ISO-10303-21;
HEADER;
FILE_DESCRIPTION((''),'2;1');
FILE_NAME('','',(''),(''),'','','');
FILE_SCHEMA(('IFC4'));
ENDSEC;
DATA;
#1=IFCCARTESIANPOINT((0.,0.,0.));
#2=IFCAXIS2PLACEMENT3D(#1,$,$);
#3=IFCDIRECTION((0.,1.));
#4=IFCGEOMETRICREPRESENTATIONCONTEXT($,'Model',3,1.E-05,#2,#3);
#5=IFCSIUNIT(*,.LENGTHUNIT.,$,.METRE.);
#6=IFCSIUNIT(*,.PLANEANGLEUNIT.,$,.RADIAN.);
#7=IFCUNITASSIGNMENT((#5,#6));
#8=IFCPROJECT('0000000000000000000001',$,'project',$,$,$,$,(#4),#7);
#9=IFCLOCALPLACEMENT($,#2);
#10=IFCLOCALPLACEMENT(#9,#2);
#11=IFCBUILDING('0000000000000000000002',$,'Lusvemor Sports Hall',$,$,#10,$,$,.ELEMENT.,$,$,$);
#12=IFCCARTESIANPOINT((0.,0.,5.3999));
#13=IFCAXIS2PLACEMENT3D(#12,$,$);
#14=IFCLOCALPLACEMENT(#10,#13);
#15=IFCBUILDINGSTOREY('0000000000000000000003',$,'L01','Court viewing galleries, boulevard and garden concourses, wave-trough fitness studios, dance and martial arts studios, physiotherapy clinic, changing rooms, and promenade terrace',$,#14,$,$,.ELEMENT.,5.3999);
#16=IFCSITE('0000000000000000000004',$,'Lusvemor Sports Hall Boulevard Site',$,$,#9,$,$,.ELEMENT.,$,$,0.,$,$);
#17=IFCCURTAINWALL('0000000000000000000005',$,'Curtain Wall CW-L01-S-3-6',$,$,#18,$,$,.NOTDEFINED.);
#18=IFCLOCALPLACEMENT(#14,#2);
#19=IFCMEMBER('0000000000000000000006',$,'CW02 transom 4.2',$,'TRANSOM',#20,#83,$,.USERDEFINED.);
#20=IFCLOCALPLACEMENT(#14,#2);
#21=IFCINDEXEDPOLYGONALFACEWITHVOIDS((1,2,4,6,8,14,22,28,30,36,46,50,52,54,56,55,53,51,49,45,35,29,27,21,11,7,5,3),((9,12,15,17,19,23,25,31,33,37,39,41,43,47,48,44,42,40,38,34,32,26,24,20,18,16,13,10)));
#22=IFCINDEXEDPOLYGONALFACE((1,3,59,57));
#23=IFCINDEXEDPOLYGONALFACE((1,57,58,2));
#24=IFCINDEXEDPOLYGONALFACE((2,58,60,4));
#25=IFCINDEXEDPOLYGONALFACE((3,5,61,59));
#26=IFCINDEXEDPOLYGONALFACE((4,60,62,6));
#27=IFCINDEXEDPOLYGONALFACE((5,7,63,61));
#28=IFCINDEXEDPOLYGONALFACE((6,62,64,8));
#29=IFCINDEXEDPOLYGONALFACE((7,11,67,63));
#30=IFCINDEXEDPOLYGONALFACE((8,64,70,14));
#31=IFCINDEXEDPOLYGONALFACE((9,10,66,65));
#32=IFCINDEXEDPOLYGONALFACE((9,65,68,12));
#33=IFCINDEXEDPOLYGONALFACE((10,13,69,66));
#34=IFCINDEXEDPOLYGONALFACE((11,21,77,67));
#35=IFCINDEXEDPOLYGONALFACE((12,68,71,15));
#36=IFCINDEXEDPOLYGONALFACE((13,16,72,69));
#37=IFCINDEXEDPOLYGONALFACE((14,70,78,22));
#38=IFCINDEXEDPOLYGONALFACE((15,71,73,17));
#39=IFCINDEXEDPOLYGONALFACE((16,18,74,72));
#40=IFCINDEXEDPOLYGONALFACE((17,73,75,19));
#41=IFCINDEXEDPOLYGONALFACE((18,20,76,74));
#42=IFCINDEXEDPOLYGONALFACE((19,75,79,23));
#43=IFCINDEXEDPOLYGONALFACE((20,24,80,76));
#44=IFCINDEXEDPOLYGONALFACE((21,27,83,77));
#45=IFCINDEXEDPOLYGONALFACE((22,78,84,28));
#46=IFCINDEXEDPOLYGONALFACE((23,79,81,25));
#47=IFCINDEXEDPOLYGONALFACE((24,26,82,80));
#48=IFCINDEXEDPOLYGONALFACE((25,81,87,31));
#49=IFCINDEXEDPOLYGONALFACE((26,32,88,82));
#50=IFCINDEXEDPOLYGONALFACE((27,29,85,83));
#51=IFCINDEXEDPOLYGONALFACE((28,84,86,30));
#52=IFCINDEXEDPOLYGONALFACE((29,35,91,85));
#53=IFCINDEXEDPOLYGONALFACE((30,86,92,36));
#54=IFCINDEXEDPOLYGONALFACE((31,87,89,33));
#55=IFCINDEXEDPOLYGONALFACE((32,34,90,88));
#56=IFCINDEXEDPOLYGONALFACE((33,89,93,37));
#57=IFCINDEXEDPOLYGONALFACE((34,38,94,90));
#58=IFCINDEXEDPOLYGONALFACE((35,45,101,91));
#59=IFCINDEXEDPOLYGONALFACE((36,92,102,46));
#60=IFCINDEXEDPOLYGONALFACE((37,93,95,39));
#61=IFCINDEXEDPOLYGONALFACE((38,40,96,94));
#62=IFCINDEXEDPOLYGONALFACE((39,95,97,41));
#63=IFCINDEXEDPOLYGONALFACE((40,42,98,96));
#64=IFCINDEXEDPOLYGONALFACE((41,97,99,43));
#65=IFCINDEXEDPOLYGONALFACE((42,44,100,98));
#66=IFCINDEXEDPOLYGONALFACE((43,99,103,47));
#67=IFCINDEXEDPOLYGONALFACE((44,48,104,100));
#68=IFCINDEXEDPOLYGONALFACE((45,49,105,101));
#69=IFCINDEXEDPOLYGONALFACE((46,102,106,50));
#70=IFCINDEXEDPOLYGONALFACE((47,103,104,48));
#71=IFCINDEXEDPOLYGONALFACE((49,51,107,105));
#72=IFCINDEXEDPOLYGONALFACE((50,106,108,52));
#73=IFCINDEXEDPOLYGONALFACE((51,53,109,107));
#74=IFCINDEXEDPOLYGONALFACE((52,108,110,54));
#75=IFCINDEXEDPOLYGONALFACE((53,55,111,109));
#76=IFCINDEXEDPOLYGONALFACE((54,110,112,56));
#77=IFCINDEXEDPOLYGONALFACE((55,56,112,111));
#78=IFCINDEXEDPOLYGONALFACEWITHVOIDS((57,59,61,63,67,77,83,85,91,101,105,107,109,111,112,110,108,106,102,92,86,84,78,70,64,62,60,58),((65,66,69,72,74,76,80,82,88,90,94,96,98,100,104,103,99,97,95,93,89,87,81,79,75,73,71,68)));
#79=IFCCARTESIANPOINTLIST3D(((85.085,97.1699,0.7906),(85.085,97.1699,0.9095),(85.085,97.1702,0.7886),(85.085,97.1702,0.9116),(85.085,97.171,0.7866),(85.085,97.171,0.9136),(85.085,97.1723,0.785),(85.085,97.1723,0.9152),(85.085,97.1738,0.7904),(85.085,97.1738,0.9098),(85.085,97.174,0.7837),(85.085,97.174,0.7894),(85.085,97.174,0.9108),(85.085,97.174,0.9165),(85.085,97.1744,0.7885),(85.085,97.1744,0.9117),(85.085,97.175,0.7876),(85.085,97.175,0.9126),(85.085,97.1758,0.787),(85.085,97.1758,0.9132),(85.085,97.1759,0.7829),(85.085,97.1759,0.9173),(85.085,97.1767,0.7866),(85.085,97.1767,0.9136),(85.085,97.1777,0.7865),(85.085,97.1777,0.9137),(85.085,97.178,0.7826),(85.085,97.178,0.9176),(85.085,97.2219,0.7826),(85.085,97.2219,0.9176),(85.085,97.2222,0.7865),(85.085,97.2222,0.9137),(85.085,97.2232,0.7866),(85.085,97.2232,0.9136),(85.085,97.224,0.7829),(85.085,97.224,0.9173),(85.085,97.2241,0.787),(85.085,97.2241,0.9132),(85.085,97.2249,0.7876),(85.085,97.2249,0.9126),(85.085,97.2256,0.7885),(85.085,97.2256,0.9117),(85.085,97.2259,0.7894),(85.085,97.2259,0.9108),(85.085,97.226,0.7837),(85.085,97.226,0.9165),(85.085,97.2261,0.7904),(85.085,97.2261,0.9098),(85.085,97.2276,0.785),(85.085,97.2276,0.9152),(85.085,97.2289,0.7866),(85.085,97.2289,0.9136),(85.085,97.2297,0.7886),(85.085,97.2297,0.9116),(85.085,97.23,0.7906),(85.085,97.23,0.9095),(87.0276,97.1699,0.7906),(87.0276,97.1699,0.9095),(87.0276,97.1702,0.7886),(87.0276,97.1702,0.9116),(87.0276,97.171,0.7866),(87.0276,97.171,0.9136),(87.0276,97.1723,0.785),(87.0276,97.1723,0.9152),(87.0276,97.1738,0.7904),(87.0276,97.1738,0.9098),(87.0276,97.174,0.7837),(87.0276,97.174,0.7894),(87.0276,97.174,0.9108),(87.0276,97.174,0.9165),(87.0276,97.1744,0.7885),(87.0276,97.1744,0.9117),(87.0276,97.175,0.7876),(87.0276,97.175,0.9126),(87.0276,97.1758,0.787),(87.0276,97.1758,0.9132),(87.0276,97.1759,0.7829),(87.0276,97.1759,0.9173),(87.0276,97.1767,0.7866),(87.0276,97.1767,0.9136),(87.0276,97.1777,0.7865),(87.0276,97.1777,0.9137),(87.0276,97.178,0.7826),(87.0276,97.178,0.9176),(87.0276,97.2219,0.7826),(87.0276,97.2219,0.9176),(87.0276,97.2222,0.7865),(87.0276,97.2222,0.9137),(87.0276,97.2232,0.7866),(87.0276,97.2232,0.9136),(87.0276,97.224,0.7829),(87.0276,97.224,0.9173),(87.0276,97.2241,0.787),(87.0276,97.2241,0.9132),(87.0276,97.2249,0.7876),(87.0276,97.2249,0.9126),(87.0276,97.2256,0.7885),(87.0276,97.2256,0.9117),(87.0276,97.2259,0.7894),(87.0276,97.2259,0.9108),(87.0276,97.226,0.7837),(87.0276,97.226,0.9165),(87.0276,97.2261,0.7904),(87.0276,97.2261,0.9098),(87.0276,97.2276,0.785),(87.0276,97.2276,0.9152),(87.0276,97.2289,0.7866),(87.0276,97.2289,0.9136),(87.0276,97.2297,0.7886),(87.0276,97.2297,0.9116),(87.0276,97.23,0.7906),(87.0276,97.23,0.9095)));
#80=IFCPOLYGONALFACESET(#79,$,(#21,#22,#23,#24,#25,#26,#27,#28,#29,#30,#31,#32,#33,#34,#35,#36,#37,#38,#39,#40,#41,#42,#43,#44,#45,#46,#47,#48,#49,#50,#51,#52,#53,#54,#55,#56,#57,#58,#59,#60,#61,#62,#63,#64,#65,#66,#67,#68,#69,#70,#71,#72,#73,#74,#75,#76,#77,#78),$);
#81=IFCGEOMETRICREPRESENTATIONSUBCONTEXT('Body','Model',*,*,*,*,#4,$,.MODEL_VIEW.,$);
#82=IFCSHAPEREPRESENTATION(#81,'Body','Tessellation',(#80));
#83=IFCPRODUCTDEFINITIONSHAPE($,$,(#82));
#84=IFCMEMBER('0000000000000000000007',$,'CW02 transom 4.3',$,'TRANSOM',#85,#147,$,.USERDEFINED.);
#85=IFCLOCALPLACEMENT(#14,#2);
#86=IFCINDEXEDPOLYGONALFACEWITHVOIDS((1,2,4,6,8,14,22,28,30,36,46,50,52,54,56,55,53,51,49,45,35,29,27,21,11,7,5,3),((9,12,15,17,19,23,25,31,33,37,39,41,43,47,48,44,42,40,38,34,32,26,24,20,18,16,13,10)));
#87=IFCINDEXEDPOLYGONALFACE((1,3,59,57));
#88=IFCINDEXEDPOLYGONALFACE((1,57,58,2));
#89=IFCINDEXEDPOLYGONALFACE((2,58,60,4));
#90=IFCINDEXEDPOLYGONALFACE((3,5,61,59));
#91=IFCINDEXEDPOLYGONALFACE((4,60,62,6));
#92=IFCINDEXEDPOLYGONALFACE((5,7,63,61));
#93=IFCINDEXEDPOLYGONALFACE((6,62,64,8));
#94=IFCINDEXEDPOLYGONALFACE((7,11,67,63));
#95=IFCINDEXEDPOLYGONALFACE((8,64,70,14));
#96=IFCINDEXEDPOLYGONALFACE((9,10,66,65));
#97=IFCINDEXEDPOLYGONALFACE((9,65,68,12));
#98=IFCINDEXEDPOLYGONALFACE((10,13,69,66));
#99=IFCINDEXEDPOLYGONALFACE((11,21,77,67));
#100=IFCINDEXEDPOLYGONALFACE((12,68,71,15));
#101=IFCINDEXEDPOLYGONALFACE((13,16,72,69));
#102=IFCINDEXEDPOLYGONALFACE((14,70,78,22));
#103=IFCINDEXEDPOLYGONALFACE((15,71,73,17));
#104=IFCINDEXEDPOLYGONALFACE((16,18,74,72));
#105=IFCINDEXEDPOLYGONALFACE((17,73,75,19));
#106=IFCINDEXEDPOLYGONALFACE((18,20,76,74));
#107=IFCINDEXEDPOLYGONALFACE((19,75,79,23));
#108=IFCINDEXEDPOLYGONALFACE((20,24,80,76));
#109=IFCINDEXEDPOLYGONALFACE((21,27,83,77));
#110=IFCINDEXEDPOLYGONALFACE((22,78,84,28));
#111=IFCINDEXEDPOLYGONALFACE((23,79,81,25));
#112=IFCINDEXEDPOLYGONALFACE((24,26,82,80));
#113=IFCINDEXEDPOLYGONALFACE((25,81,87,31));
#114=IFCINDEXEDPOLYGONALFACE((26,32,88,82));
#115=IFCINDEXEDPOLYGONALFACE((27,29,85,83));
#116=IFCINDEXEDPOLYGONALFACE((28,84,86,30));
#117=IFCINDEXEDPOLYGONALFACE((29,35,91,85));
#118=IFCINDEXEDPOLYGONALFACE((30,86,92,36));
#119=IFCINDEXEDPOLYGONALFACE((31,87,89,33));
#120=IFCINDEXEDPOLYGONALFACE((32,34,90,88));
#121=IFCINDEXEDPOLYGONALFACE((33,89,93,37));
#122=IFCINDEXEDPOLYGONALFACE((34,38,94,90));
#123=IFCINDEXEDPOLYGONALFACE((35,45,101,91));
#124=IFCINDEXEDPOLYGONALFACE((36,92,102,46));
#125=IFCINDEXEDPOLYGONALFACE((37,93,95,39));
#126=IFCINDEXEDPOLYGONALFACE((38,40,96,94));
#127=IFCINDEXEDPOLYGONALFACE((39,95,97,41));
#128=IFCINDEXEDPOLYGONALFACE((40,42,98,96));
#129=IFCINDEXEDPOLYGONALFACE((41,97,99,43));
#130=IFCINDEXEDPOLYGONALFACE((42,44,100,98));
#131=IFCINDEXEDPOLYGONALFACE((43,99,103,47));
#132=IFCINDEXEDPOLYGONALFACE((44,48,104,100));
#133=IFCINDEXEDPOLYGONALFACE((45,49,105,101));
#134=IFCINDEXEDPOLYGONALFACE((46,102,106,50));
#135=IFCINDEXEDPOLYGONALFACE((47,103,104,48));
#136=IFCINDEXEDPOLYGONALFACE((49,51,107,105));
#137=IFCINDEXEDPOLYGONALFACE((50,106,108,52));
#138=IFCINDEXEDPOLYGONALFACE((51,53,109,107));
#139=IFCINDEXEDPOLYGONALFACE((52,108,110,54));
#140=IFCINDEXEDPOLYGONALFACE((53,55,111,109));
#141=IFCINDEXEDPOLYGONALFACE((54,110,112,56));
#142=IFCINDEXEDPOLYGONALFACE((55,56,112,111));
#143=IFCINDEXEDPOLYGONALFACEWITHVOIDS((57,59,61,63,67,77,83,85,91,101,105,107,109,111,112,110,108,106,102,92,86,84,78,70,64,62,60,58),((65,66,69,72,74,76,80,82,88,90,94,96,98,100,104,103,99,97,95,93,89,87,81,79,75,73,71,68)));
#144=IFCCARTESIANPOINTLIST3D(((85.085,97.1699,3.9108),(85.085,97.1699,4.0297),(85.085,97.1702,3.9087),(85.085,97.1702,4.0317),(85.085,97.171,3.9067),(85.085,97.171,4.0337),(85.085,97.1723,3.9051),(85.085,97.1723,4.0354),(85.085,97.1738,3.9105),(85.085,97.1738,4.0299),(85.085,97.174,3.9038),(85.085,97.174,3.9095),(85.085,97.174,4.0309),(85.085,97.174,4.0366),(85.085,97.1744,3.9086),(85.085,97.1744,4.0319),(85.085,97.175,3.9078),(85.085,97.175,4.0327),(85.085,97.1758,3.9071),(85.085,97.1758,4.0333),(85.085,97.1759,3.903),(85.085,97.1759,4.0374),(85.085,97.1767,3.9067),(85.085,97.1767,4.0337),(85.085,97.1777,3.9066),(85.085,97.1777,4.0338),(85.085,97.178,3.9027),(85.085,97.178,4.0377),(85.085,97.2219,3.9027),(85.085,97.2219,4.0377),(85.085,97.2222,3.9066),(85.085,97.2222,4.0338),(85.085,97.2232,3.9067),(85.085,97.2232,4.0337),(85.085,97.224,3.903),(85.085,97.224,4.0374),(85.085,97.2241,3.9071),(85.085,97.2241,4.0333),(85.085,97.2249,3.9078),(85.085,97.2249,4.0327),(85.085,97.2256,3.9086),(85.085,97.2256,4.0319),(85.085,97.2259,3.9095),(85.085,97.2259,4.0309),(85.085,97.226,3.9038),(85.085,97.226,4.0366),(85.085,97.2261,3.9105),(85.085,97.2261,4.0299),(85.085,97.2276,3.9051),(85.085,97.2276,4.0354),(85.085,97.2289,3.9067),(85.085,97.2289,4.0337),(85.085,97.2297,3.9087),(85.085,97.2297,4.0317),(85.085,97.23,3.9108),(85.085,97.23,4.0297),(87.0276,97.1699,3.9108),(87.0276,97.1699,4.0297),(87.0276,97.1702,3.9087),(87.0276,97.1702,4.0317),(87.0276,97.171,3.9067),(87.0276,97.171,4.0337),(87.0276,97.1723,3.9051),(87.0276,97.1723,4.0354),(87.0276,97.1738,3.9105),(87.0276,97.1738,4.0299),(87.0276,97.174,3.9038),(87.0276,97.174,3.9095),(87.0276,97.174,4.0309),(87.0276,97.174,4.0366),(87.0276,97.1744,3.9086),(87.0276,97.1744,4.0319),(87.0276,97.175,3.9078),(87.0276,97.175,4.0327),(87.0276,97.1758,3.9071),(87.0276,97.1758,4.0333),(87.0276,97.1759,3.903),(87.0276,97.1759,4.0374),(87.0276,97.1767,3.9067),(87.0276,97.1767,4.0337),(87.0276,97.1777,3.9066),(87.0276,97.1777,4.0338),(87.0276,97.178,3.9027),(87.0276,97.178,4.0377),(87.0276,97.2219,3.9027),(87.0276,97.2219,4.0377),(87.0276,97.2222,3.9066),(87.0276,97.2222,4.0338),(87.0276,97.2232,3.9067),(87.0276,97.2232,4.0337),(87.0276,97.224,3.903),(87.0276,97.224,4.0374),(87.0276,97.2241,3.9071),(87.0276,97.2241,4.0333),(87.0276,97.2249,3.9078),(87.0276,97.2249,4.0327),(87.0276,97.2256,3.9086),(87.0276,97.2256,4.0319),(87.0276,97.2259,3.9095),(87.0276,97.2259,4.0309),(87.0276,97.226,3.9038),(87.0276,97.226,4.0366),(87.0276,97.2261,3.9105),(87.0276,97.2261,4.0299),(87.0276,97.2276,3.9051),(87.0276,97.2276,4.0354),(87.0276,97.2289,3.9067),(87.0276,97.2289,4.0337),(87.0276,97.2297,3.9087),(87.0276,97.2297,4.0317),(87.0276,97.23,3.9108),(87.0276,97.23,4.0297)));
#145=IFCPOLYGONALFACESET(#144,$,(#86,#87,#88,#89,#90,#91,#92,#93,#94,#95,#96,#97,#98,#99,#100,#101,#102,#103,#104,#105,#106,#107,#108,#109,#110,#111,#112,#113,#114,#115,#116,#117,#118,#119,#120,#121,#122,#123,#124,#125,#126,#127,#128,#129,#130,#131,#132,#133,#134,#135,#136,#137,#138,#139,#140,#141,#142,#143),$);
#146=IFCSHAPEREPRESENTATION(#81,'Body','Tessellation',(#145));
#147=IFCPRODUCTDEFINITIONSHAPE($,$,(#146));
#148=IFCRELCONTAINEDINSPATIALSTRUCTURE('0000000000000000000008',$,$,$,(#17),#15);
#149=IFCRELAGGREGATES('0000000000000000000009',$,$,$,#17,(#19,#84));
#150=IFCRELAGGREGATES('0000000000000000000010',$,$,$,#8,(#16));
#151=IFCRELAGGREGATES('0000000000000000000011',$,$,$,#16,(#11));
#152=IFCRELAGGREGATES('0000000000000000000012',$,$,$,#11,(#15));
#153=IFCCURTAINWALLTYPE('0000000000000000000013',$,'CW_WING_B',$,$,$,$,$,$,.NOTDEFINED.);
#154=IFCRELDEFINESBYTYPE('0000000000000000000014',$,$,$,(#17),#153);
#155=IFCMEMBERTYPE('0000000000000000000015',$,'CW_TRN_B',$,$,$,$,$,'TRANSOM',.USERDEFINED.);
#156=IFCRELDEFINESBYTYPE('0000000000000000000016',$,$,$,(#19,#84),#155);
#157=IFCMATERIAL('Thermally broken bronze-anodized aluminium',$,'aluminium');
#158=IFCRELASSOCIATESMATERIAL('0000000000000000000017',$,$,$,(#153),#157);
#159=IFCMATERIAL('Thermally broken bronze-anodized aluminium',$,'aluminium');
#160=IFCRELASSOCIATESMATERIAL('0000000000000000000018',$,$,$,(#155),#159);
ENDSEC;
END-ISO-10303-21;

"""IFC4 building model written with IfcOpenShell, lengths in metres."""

from ifc_helpers import new_model, si_unit, direction, frame, origin, origin_2d, place, context, subcontext, project, spatial, hollow_rectangle, extrude, material, material_profile, profile_set, type_object, element, aggregate, save


model = new_model("IFC4")

# Units and contexts
model_context = context("Model", 3, precision=1e-05, world=origin(), true_north=direction((0.0, 1.0)))
body_context = subcontext(model_context, "Body", "Model", "MODEL_VIEW")
ifc_project = project(units=[si_unit("LENGTHUNIT", "METRE"), si_unit("PLANEANGLEUNIT", "RADIAN")], contexts=[model_context])

# Site, building, storey
site_placement = place(None, origin())
site = spatial("IfcSite", under=ifc_project, at=site_placement, Name="Lusvemor Sports Hall Boulevard Site", CompositionType="ELEMENT", RefElevation=0.0)
building_placement = place(site_placement, origin())
building = spatial("IfcBuilding", under=site, at=building_placement, Name="Lusvemor Sports Hall", CompositionType="ELEMENT")
storey_placement = place(building_placement, frame((0.0, 0.0, 5.3999)))
storey = spatial("IfcBuildingStorey", under=building, at=storey_placement, Name="L01", Description="Court viewing galleries, boulevard and garden concourses, wave-trough fitness studios, dance and martial arts studios, physiotherapy clinic, changing rooms, and promenade terrace", CompositionType="ELEMENT", Elevation=5.3999)

# Curtain wall
ifc_material_1 = material(Name="Thermally broken bronze-anodized aluminium", Category="aluminium")
curtain_wall_type = type_object("IfcCurtainWallType", Name="CW_WING_B", PredefinedType="NOTDEFINED", material=ifc_material_1)
curtain_wall_1_placement = place(storey_placement, origin())
curtain_wall_1 = element("IfcCurtainWall", 1, at=curtain_wall_1_placement, inside=storey, type_object=curtain_wall_type, Name="Curtain Wall CW-L01-S-3-6", PredefinedType="NOTDEFINED")

# Members
ifc_material_2 = material(Name="Thermally broken bronze-anodized aluminium", Category="aluminium")
ifc_material_profile_1 = material_profile(ifc_material_2, hollow_rectangle(XDim=0.0601, YDim=0.135, WallThickness=0.0039, InnerFilletRadius=0.0039, OuterFilletRadius=0.0081, at=origin_2d()), Name="CWTRN135x60x4")
ifc_profile_set_1 = profile_set([ifc_material_profile_1], Name="Thermally broken bronze-anodized aluminium")
member_type_1 = type_object("IfcMemberType", Name="CW_TRN_B", ElementType="TRANSOM", PredefinedType="USERDEFINED", material=ifc_profile_set_1)
member_1_placement = place(storey_placement, frame((87.0276, 97.2, 0.8501), z_axis=(-1.0, 0.0, 0.0), x_axis=(0.0, -1.0, 0.0)))
member_1 = element("IfcMember", 2, at=member_1_placement, type_object=member_type_1, Name="CW02 transom 4.2", ObjectType="TRANSOM", PredefinedType="USERDEFINED", context=body_context, shape_type="SweptSolid", body=[
    extrude(hollow_rectangle(XDim=0.0601, YDim=0.135, WallThickness=0.0039, InnerFilletRadius=0.0039, OuterFilletRadius=0.0081, at=origin_2d()), origin(), (0.0, 0.0, 1.0), 1.9426),
])
member_2_placement = place(storey_placement, frame((87.0276, 97.2, 3.9702), z_axis=(-1.0, 0.0, 0.0), x_axis=(0.0, -1.0, 0.0)))
member_2 = element("IfcMember", 3, at=member_2_placement, type_object=member_type_1, Name="CW02 transom 4.3", ObjectType="TRANSOM", PredefinedType="USERDEFINED", context=body_context, shape_type="SweptSolid", body=[
    extrude(hollow_rectangle(XDim=0.0601, YDim=0.135, WallThickness=0.0039, InnerFilletRadius=0.0039, OuterFilletRadius=0.0081, at=origin_2d()), origin(), (0.0, 0.0, 1.0), 1.9426),
])

aggregate(curtain_wall_1, [member_1, member_2])

save(model, "model.ifc")
